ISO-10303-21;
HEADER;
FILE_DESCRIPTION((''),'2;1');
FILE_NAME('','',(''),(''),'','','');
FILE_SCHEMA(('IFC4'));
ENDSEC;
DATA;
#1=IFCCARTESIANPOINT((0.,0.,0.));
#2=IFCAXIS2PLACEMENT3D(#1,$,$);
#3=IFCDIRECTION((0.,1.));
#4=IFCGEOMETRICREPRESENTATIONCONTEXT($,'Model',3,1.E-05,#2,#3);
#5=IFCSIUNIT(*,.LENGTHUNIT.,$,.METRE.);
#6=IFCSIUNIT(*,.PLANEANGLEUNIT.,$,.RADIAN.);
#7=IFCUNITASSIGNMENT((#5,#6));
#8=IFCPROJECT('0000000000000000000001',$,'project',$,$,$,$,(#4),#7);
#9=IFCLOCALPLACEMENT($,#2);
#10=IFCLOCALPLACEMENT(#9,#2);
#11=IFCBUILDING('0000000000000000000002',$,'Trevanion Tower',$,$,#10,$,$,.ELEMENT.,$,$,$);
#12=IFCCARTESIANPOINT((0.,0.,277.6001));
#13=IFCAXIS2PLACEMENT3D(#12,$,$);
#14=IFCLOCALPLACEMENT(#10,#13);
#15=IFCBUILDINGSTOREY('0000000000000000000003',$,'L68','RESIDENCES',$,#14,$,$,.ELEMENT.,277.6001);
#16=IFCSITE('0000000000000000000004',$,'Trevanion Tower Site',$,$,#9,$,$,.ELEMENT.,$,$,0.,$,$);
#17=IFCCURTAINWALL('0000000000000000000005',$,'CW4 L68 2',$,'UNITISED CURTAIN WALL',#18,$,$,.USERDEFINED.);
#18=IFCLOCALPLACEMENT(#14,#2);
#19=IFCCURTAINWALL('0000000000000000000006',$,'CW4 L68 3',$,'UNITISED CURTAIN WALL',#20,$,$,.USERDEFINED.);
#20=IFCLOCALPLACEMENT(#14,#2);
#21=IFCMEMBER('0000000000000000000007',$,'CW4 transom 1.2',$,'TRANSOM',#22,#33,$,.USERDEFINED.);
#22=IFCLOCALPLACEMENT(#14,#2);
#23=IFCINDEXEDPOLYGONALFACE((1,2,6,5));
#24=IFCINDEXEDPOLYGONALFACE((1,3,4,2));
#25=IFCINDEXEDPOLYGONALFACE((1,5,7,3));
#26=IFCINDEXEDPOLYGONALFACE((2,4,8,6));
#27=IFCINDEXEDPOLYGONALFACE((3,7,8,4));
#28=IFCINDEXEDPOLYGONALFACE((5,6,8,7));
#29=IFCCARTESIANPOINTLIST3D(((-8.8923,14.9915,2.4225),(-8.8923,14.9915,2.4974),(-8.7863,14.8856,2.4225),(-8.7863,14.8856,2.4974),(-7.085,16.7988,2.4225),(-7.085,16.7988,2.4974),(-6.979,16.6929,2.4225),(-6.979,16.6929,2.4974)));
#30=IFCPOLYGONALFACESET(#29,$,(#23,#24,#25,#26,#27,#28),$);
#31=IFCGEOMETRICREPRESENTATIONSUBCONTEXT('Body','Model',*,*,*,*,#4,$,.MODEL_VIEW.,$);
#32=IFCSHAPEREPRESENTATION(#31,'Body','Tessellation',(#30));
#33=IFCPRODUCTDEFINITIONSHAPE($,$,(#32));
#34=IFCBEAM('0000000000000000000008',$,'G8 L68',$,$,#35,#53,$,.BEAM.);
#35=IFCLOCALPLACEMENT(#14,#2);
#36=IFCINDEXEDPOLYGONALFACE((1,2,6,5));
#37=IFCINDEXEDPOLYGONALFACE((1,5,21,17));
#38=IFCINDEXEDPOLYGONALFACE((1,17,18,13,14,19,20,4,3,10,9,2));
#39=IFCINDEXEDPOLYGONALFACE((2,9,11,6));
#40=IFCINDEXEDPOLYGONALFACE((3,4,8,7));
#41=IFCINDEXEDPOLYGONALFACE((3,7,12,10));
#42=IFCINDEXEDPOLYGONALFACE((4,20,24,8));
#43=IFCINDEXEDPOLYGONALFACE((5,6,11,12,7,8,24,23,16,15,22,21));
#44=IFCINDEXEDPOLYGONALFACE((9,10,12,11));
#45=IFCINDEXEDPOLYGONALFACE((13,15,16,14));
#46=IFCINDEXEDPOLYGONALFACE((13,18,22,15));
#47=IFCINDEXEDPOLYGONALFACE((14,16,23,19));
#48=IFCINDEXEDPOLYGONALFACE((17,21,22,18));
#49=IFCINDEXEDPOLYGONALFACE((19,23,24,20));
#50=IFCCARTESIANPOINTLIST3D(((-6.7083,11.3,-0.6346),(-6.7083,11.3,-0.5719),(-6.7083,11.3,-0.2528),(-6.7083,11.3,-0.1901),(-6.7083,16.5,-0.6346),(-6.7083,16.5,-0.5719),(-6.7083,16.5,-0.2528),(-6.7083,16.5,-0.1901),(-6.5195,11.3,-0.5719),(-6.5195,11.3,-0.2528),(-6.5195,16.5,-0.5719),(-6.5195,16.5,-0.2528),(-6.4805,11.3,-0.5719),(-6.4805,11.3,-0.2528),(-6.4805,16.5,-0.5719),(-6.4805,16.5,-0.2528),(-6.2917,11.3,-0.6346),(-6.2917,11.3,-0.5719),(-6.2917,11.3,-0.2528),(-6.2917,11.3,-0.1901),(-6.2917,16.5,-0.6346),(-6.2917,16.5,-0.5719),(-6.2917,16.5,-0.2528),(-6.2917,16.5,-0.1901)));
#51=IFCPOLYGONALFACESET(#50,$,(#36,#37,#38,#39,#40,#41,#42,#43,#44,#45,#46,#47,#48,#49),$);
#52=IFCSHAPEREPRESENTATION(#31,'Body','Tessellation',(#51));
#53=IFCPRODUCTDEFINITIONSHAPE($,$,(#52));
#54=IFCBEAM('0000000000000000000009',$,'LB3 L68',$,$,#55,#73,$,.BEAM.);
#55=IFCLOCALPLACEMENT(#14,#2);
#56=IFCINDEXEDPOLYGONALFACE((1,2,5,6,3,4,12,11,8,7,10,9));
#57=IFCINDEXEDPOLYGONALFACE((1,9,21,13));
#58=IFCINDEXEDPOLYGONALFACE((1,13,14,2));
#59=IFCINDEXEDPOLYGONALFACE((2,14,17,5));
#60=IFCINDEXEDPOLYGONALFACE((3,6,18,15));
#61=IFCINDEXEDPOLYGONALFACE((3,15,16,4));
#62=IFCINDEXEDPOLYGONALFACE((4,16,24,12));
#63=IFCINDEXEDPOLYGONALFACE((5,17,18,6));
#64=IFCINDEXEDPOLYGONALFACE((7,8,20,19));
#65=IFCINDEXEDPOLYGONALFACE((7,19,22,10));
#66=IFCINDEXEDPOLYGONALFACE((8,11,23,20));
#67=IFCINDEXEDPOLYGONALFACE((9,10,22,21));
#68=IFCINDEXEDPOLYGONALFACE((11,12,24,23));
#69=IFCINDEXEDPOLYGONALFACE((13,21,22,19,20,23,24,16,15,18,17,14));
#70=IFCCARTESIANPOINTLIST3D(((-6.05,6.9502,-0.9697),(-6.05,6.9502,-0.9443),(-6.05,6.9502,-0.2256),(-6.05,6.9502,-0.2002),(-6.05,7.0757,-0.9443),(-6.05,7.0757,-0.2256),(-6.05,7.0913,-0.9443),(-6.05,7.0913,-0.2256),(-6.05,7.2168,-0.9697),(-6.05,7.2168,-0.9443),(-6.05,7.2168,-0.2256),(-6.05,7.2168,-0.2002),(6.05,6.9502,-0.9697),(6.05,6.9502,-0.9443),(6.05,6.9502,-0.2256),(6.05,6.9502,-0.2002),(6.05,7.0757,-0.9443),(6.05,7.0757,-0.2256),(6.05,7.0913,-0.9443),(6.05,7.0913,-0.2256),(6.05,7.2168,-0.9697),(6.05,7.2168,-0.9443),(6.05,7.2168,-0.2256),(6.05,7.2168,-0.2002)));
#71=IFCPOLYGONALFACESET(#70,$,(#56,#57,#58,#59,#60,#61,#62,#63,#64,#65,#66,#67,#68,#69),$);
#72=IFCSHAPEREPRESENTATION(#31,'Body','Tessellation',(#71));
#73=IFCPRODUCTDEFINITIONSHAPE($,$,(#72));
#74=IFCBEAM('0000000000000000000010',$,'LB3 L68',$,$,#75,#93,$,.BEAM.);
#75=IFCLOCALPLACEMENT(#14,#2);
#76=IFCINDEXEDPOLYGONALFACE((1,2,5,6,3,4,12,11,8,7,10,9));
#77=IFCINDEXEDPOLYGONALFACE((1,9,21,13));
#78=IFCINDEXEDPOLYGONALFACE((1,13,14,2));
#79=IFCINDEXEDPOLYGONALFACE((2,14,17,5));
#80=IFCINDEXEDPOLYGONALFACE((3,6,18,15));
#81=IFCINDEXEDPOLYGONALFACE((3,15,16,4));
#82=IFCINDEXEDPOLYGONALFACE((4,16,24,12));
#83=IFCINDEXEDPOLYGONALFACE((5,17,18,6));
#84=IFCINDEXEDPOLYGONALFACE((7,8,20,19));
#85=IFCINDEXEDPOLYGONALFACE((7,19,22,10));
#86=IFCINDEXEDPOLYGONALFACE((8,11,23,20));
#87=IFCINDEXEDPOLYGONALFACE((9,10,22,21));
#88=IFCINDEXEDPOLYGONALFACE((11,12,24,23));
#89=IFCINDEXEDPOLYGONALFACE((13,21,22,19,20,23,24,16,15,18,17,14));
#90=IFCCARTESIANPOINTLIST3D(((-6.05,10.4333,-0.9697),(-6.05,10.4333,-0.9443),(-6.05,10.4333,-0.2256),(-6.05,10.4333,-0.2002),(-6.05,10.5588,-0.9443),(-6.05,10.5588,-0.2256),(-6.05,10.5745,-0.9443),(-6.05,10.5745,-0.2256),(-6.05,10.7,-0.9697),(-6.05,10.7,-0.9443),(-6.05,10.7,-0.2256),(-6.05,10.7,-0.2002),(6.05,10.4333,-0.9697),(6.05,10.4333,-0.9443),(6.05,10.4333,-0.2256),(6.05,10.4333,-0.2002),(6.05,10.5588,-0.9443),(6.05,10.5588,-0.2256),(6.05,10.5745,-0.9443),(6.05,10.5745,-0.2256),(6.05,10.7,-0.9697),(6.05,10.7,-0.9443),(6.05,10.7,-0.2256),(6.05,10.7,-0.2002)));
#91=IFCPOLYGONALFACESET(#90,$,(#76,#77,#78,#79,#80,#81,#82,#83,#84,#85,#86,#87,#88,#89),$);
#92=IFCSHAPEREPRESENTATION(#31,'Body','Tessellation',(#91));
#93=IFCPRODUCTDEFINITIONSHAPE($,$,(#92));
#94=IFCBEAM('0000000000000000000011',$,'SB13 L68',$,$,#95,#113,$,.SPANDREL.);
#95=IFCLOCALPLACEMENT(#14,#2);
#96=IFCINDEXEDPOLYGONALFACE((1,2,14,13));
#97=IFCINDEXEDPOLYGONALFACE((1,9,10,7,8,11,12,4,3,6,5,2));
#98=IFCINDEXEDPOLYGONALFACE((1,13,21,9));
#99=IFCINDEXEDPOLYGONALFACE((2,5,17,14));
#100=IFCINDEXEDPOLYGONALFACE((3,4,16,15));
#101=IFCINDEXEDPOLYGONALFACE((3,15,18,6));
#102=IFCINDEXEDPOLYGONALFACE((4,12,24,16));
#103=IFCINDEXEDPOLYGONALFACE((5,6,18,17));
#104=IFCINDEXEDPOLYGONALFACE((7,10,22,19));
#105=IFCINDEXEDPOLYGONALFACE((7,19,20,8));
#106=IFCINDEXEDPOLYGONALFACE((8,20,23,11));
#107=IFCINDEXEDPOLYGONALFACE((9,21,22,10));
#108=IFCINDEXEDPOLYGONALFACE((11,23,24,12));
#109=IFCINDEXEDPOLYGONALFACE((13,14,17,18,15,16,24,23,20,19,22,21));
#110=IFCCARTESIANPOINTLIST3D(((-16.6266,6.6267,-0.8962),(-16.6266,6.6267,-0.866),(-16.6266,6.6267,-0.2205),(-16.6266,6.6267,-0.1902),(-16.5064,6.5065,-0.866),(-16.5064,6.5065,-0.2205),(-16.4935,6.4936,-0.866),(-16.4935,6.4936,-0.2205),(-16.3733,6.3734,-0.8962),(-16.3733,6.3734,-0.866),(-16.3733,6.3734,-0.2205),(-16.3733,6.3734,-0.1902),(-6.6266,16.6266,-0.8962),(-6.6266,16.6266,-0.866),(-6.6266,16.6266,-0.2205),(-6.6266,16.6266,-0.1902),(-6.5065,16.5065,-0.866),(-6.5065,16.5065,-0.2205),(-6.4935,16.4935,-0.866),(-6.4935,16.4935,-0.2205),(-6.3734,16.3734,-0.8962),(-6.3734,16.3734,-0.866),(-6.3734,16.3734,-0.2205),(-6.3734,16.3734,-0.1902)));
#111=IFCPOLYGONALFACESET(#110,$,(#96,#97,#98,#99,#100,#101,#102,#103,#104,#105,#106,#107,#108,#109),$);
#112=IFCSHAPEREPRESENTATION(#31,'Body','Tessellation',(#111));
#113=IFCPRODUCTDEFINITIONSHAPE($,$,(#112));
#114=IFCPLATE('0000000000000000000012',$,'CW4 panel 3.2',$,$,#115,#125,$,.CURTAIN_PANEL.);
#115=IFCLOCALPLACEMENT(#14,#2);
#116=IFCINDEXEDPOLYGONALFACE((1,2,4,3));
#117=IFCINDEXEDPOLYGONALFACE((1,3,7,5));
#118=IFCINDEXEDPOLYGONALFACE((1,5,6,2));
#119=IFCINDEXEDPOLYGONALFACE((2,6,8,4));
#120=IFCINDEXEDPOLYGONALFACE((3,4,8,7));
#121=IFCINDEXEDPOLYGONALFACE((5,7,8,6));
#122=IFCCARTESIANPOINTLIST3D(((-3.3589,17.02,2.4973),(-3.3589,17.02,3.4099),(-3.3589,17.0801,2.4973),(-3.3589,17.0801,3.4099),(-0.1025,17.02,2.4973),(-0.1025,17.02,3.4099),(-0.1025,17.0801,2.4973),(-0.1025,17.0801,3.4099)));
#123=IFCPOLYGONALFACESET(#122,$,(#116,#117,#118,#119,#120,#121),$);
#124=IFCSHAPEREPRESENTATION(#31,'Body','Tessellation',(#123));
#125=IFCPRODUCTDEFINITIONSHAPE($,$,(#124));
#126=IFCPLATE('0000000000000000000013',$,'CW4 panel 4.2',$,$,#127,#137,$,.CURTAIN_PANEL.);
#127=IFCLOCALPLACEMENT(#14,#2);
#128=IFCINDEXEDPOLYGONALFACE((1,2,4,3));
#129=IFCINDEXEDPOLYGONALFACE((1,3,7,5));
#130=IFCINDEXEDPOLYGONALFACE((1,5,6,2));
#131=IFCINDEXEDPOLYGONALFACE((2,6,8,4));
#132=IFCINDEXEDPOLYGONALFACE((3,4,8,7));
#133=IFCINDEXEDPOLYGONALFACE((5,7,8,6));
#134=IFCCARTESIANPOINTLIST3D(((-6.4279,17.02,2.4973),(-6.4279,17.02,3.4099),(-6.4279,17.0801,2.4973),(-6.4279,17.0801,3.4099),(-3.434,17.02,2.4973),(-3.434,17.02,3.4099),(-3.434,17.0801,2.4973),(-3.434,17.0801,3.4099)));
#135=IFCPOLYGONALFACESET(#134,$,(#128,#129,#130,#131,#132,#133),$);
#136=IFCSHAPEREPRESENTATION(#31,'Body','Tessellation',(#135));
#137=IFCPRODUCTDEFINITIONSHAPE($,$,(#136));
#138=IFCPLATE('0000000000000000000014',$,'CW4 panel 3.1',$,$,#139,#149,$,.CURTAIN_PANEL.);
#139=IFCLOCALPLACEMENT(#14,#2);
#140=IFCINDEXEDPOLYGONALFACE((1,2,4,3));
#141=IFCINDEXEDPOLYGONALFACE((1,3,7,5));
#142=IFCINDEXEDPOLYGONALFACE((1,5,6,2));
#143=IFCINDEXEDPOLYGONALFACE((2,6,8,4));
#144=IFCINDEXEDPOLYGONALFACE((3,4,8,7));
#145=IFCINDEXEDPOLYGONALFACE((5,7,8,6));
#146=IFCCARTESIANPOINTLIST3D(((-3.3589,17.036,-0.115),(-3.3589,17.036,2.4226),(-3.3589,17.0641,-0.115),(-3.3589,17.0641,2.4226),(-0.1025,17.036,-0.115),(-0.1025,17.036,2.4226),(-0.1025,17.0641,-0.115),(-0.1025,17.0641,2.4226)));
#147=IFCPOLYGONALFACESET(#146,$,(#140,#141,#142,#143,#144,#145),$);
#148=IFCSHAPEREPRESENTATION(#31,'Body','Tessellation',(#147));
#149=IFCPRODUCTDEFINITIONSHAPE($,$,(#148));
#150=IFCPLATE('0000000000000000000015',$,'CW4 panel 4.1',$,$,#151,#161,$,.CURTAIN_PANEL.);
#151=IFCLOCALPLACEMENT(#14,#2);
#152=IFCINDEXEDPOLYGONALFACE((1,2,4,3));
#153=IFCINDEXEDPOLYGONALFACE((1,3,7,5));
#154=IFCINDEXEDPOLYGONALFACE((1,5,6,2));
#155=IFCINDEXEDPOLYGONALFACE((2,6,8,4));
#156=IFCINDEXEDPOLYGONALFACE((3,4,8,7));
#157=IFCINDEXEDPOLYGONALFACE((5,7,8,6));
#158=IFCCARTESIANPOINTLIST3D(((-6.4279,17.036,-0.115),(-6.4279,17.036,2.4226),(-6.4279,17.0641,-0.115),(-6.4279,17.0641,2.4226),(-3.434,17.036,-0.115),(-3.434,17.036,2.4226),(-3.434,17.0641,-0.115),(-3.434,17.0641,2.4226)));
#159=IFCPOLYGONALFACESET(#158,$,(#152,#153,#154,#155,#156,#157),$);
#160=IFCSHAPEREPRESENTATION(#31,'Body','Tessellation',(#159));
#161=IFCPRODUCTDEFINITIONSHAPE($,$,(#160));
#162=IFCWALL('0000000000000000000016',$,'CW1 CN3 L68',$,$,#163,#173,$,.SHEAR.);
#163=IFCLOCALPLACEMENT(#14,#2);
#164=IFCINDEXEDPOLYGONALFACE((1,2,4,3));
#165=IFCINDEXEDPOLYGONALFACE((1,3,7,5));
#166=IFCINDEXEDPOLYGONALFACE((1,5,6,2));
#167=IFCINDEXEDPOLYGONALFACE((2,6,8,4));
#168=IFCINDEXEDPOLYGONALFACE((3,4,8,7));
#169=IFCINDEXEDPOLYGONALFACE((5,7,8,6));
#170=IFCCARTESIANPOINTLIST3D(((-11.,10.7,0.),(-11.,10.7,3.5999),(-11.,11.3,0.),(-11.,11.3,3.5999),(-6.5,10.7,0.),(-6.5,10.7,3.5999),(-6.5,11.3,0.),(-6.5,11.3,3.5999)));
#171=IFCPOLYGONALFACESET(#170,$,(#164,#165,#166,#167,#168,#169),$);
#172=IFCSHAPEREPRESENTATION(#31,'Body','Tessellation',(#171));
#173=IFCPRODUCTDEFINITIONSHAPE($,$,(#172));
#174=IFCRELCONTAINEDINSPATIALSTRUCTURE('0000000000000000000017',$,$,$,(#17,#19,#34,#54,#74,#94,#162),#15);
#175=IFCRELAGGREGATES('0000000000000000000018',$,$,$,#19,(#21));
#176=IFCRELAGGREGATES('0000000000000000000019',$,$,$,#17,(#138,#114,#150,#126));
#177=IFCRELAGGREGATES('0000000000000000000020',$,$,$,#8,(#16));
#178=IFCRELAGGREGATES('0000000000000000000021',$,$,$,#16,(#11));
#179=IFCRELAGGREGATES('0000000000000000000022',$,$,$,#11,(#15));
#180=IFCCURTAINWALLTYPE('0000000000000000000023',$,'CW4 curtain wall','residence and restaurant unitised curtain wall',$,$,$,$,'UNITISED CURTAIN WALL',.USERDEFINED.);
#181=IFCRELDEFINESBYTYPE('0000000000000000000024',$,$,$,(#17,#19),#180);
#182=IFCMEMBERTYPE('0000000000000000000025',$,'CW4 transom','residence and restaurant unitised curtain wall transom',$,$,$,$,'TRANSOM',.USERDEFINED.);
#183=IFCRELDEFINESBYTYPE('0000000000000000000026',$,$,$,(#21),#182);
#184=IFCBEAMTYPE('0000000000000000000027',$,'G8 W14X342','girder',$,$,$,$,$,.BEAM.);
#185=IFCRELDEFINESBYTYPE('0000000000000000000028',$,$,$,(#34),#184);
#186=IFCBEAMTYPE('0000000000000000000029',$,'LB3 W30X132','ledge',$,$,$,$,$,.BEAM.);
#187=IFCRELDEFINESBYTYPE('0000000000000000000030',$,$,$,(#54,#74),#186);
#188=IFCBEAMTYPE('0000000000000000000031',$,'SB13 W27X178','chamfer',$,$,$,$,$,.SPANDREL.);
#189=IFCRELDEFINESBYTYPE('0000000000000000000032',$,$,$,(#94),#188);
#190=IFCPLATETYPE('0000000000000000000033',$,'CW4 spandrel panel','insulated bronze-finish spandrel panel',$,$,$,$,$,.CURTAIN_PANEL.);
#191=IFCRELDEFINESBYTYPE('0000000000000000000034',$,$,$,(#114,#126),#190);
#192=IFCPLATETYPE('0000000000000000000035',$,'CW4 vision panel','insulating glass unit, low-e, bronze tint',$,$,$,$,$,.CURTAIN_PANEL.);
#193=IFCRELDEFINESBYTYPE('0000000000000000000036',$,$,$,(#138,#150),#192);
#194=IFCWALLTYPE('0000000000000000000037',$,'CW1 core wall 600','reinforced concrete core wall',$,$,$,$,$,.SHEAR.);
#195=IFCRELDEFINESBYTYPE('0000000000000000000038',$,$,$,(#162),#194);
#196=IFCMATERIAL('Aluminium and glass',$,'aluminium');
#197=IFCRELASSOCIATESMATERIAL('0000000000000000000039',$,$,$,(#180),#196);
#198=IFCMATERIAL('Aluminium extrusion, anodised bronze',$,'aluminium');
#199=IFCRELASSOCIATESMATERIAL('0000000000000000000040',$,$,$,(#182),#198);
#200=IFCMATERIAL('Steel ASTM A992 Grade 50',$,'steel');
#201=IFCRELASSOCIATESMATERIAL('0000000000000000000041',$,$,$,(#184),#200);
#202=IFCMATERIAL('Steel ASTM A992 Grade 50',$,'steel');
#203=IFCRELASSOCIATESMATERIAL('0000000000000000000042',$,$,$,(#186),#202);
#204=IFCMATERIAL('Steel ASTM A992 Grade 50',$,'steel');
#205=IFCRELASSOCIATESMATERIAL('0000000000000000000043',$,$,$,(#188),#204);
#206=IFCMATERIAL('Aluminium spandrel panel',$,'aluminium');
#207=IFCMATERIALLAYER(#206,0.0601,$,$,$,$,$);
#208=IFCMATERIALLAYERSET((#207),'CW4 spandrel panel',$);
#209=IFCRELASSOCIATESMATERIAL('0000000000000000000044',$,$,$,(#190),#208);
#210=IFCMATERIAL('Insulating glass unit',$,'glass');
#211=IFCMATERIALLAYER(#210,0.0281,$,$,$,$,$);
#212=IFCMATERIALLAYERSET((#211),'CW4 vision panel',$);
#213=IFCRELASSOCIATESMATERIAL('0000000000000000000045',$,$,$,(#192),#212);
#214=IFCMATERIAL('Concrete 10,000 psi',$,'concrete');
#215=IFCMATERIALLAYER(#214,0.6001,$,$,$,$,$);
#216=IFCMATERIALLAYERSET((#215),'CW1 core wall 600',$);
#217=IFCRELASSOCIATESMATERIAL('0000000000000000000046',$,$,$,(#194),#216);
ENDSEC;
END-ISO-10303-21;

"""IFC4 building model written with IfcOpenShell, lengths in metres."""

from ifc_helpers import new_model, si_unit, direction, frame, frame_2d, origin, origin_2d, place, context, subcontext, project, spatial, rectangle, i_section, extrude, material, layer, layer_set, material_profile, profile_set, type_object, element, aggregate, save


model = new_model("IFC4")

# Units and contexts
model_context = context("Model", 3, precision=1e-05, world=origin(), true_north=direction((0.0, 1.0)))
body_context = subcontext(model_context, "Body", "Model", "MODEL_VIEW")
ifc_project = project(units=[si_unit("LENGTHUNIT", "METRE"), si_unit("PLANEANGLEUNIT", "RADIAN")], contexts=[model_context])

# Site, building, storey
site_placement = place(None, origin())
site = spatial("IfcSite", under=ifc_project, at=site_placement, Name="Trevanion Tower Site", CompositionType="ELEMENT", RefElevation=0.0)
building_placement = place(site_placement, origin())
building = spatial("IfcBuilding", under=site, at=building_placement, Name="Trevanion Tower", CompositionType="ELEMENT")
storey_placement = place(building_placement, frame((0.0, 0.0, 277.6001)))
storey = spatial("IfcBuildingStorey", under=building, at=storey_placement, Name="L68", Description="RESIDENCES", CompositionType="ELEMENT", Elevation=277.6001)

# Curtain wall
ifc_material_1 = material(Name="Aluminium and glass", Category="aluminium")
curtain_wall_type = type_object("IfcCurtainWallType", Name="CW4 curtain wall", Description="residence and restaurant unitised curtain wall", ElementType="UNITISED CURTAIN WALL", PredefinedType="USERDEFINED", material=ifc_material_1)
curtain_wall_1_placement = place(storey_placement, origin())
curtain_wall_1 = element("IfcCurtainWall", 1, at=curtain_wall_1_placement, inside=storey, type_object=curtain_wall_type, Name="CW4 L68 2", ObjectType="UNITISED CURTAIN WALL", PredefinedType="USERDEFINED")

# Curtain wall
curtain_wall_2_placement = place(storey_placement, origin())
curtain_wall_2 = element("IfcCurtainWall", 2, at=curtain_wall_2_placement, inside=storey, type_object=curtain_wall_type, Name="CW4 L68 3", ObjectType="UNITISED CURTAIN WALL", PredefinedType="USERDEFINED")

# Member
ifc_material_2 = material(Name="Aluminium extrusion, anodised bronze", Category="aluminium")
ifc_material_profile_1 = material_profile(ifc_material_2, rectangle(XDim=0.1499, YDim=0.075, at=origin_2d()), Name="CW4 transom")
ifc_profile_set_1 = profile_set([ifc_material_profile_1], Name="Aluminium extrusion, anodised bronze")
member_type_1 = type_object("IfcMemberType", Name="CW4 transom", Description="residence and restaurant unitised curtain wall transom", ElementType="TRANSOM", PredefinedType="USERDEFINED", material=ifc_profile_set_1)
member_1_placement = place(storey_placement, frame((-7.032, 16.7458, 2.46), z_axis=(-0.707107, -0.707107, 0.0), x_axis=(0.707107, -0.707107, 0.0)))
member_1 = element("IfcMember", 3, at=member_1_placement, type_object=member_type_1, Name="CW4 transom 1.2", ObjectType="TRANSOM", PredefinedType="USERDEFINED", context=body_context, shape_type="SweptSolid", body=[
    extrude(rectangle(XDim=0.1499, YDim=0.075, at=origin_2d()), origin(), (0.0, 0.0, 1.0), 2.5559),
])
aggregate(curtain_wall_2, [member_1])

# Beams
ifc_material_3 = material(Name="Steel ASTM A992 Grade 50", Category="steel")
ifc_material_profile_2 = material_profile(ifc_material_3, i_section(OverallWidth=0.4165, OverallDepth=0.4446, WebThickness=0.0391, FlangeThickness=0.0627, at=origin_2d()), Name="W14X342")
ifc_profile_set_2 = profile_set([ifc_material_profile_2], Name="Steel ASTM A992 Grade 50")
beam_type_1 = type_object("IfcBeamType", Name="G8 W14X342", Description="girder", PredefinedType="BEAM", material=ifc_profile_set_2)
beam_1_placement = place(storey_placement, frame((-6.5, 11.3, -0.4124), z_axis=(0.0, 1.0, 0.0), x_axis=(-1.0, 0.0, 0.0)))
element("IfcBeam", 4, at=beam_1_placement, inside=storey, type_object=beam_type_1, Name="G8 L68", PredefinedType="BEAM", context=body_context, shape_type="SweptSolid", body=[
    extrude(i_section(OverallWidth=0.4165, OverallDepth=0.4446, WebThickness=0.0391, FlangeThickness=0.0627, at=origin_2d()), origin(), (0.0, 0.0, 1.0), 5.2),
])
ifc_material_4 = material(Name="Steel ASTM A992 Grade 50", Category="steel")
ifc_material_profile_3 = material_profile(ifc_material_4, i_section(OverallWidth=0.2666, OverallDepth=0.7695, WebThickness=0.0156, FlangeThickness=0.0254, at=origin_2d()), Name="W30X132")
ifc_profile_set_3 = profile_set([ifc_material_profile_3], Name="Steel ASTM A992 Grade 50")
beam_type_2 = type_object("IfcBeamType", Name="LB3 W30X132", Description="ledge", PredefinedType="BEAM", material=ifc_profile_set_3)
for number, where, z_axis, x_axis, name in (
    (5, (-6.05, 7.0835, -0.585), (1.0, 0.0, 0.0), (0.0, 1.0, 0.0), "LB3 L68"),
    (6, (-6.05, 10.5667, -0.585), (1.0, 0.0, 0.0), (0.0, 1.0, 0.0), "LB3 L68"),
):
    element("IfcBeam", number, at=place(storey_placement, frame(where, z_axis=z_axis, x_axis=x_axis)), inside=storey, type_object=beam_type_2, Name=name, PredefinedType="BEAM", context=body_context, shape_type="SweptSolid", body=[
        extrude(i_section(OverallWidth=0.2666, OverallDepth=0.7695, WebThickness=0.0156, FlangeThickness=0.0254, at=origin_2d()), origin(), (0.0, 0.0, 1.0), 12.1001),
    ])
ifc_material_5 = material(Name="Steel ASTM A992 Grade 50", Category="steel")
ifc_material_profile_4 = material_profile(ifc_material_5, i_section(OverallWidth=0.3582, OverallDepth=0.7061, WebThickness=0.0183, FlangeThickness=0.0303, at=origin_2d()), Name="W27X178")
ifc_profile_set_4 = profile_set([ifc_material_profile_4], Name="Steel ASTM A992 Grade 50")
beam_type_3 = type_object("IfcBeamType", Name="SB13 W27X178", Description="chamfer", PredefinedType="SPANDREL", material=ifc_profile_set_4)
beam_2_placement = place(storey_placement, frame((-6.5, 16.5, -0.5432), z_axis=(-0.707107, -0.707107, 0.0), x_axis=(0.707107, -0.707107, 0.0)))
element("IfcBeam", 7, at=beam_2_placement, inside=storey, type_object=beam_type_3, Name="SB13 L68", PredefinedType="SPANDREL", context=body_context, shape_type="SweptSolid", body=[
    extrude(i_section(OverallWidth=0.3582, OverallDepth=0.7061, WebThickness=0.0183, FlangeThickness=0.0303, at=origin_2d()), origin(), (0.0, 0.0, 1.0), 14.1421),
])

# Plates
ifc_material_6 = material(Name="Aluminium spandrel panel", Category="aluminium")
ifc_layer_1 = layer(ifc_material_6, 0.0601)
ifc_layer_set_1 = layer_set([ifc_layer_1], Name="CW4 spandrel panel")
plate_type_1 = type_object("IfcPlateType", Name="CW4 spandrel panel", Description="insulated bronze-finish spandrel panel", PredefinedType="CURTAIN_PANEL", material=ifc_layer_set_1)
plate_1_placement = place(storey_placement, frame((-1.7307, 17.05, 2.4973), z_axis=(0.0, 0.0, 1.0), x_axis=(-1.0, 0.0, 0.0)))
plate_1 = element("IfcPlate", 8, at=plate_1_placement, type_object=plate_type_1, Name="CW4 panel 3.2", PredefinedType="CURTAIN_PANEL", context=body_context, shape_type="SweptSolid", body=[
    extrude(rectangle(XDim=3.2563, YDim=0.0601, at=origin_2d()), origin(), (0.0, 0.0, 1.0), 0.9126),
])
plate_2_placement = place(storey_placement, frame((-4.9309, 17.05, 2.4973), z_axis=(0.0, 0.0, 1.0), x_axis=(-1.0, 0.0, 0.0)))
plate_2 = element("IfcPlate", 9, at=plate_2_placement, type_object=plate_type_1, Name="CW4 panel 4.2", PredefinedType="CURTAIN_PANEL", context=body_context, shape_type="SweptSolid", body=[
    extrude(rectangle(XDim=2.9939, YDim=0.0601, at=origin_2d()), origin(), (0.0, 0.0, 1.0), 0.9126),
])
ifc_material_7 = material(Name="Insulating glass unit", Category="glass")
ifc_layer_2 = layer(ifc_material_7, 0.0281)
ifc_layer_set_2 = layer_set([ifc_layer_2], Name="CW4 vision panel")
plate_type_2 = type_object("IfcPlateType", Name="CW4 vision panel", Description="insulating glass unit, low-e, bronze tint", PredefinedType="CURTAIN_PANEL", material=ifc_layer_set_2)
plate_3_placement = place(storey_placement, frame((-1.7307, 17.05, -0.115), z_axis=(0.0, 0.0, 1.0), x_axis=(-1.0, 0.0, 0.0)))
plate_3 = element("IfcPlate", 10, at=plate_3_placement, type_object=plate_type_2, Name="CW4 panel 3.1", PredefinedType="CURTAIN_PANEL", context=body_context, shape_type="SweptSolid", body=[
    extrude(rectangle(XDim=3.2563, YDim=0.0281, at=origin_2d()), origin(), (0.0, 0.0, 1.0), 2.5376),
])
plate_4_placement = place(storey_placement, frame((-4.9309, 17.05, -0.115), z_axis=(0.0, 0.0, 1.0), x_axis=(-1.0, 0.0, 0.0)))
plate_4 = element("IfcPlate", 11, at=plate_4_placement, type_object=plate_type_2, Name="CW4 panel 4.1", PredefinedType="CURTAIN_PANEL", context=body_context, shape_type="SweptSolid", body=[
    extrude(rectangle(XDim=2.9939, YDim=0.0281, at=origin_2d()), origin(), (0.0, 0.0, 1.0), 2.5376),
])
aggregate(curtain_wall_1, [plate_3, plate_1, plate_4, plate_2])

# Wall
ifc_material_8 = material(Name="Concrete 10,000 psi", Category="concrete")
ifc_layer_3 = layer(ifc_material_8, 0.6001)
ifc_layer_set_3 = layer_set([ifc_layer_3], Name="CW1 core wall 600")
wall_type_1 = type_object("IfcWallType", Name="CW1 core wall 600", Description="reinforced concrete core wall", PredefinedType="SHEAR", material=ifc_layer_set_3)
wall_1_placement = place(storey_placement, frame((-6.5, 11.0, 0.0), z_axis=(0.0, 0.0, 1.0), x_axis=(-1.0, 0.0, 0.0)))
element("IfcWall", 12, at=wall_1_placement, inside=storey, type_object=wall_type_1, Name="CW1 CN3 L68", PredefinedType="SHEAR", context=body_context, shape_type="SweptSolid", body=[
    extrude(rectangle(XDim=4.5, YDim=0.6001, at=frame_2d((2.25, 0.0))), origin(), (0.0, 0.0, 1.0), 3.5999),
])

save(model, "model.ifc")
